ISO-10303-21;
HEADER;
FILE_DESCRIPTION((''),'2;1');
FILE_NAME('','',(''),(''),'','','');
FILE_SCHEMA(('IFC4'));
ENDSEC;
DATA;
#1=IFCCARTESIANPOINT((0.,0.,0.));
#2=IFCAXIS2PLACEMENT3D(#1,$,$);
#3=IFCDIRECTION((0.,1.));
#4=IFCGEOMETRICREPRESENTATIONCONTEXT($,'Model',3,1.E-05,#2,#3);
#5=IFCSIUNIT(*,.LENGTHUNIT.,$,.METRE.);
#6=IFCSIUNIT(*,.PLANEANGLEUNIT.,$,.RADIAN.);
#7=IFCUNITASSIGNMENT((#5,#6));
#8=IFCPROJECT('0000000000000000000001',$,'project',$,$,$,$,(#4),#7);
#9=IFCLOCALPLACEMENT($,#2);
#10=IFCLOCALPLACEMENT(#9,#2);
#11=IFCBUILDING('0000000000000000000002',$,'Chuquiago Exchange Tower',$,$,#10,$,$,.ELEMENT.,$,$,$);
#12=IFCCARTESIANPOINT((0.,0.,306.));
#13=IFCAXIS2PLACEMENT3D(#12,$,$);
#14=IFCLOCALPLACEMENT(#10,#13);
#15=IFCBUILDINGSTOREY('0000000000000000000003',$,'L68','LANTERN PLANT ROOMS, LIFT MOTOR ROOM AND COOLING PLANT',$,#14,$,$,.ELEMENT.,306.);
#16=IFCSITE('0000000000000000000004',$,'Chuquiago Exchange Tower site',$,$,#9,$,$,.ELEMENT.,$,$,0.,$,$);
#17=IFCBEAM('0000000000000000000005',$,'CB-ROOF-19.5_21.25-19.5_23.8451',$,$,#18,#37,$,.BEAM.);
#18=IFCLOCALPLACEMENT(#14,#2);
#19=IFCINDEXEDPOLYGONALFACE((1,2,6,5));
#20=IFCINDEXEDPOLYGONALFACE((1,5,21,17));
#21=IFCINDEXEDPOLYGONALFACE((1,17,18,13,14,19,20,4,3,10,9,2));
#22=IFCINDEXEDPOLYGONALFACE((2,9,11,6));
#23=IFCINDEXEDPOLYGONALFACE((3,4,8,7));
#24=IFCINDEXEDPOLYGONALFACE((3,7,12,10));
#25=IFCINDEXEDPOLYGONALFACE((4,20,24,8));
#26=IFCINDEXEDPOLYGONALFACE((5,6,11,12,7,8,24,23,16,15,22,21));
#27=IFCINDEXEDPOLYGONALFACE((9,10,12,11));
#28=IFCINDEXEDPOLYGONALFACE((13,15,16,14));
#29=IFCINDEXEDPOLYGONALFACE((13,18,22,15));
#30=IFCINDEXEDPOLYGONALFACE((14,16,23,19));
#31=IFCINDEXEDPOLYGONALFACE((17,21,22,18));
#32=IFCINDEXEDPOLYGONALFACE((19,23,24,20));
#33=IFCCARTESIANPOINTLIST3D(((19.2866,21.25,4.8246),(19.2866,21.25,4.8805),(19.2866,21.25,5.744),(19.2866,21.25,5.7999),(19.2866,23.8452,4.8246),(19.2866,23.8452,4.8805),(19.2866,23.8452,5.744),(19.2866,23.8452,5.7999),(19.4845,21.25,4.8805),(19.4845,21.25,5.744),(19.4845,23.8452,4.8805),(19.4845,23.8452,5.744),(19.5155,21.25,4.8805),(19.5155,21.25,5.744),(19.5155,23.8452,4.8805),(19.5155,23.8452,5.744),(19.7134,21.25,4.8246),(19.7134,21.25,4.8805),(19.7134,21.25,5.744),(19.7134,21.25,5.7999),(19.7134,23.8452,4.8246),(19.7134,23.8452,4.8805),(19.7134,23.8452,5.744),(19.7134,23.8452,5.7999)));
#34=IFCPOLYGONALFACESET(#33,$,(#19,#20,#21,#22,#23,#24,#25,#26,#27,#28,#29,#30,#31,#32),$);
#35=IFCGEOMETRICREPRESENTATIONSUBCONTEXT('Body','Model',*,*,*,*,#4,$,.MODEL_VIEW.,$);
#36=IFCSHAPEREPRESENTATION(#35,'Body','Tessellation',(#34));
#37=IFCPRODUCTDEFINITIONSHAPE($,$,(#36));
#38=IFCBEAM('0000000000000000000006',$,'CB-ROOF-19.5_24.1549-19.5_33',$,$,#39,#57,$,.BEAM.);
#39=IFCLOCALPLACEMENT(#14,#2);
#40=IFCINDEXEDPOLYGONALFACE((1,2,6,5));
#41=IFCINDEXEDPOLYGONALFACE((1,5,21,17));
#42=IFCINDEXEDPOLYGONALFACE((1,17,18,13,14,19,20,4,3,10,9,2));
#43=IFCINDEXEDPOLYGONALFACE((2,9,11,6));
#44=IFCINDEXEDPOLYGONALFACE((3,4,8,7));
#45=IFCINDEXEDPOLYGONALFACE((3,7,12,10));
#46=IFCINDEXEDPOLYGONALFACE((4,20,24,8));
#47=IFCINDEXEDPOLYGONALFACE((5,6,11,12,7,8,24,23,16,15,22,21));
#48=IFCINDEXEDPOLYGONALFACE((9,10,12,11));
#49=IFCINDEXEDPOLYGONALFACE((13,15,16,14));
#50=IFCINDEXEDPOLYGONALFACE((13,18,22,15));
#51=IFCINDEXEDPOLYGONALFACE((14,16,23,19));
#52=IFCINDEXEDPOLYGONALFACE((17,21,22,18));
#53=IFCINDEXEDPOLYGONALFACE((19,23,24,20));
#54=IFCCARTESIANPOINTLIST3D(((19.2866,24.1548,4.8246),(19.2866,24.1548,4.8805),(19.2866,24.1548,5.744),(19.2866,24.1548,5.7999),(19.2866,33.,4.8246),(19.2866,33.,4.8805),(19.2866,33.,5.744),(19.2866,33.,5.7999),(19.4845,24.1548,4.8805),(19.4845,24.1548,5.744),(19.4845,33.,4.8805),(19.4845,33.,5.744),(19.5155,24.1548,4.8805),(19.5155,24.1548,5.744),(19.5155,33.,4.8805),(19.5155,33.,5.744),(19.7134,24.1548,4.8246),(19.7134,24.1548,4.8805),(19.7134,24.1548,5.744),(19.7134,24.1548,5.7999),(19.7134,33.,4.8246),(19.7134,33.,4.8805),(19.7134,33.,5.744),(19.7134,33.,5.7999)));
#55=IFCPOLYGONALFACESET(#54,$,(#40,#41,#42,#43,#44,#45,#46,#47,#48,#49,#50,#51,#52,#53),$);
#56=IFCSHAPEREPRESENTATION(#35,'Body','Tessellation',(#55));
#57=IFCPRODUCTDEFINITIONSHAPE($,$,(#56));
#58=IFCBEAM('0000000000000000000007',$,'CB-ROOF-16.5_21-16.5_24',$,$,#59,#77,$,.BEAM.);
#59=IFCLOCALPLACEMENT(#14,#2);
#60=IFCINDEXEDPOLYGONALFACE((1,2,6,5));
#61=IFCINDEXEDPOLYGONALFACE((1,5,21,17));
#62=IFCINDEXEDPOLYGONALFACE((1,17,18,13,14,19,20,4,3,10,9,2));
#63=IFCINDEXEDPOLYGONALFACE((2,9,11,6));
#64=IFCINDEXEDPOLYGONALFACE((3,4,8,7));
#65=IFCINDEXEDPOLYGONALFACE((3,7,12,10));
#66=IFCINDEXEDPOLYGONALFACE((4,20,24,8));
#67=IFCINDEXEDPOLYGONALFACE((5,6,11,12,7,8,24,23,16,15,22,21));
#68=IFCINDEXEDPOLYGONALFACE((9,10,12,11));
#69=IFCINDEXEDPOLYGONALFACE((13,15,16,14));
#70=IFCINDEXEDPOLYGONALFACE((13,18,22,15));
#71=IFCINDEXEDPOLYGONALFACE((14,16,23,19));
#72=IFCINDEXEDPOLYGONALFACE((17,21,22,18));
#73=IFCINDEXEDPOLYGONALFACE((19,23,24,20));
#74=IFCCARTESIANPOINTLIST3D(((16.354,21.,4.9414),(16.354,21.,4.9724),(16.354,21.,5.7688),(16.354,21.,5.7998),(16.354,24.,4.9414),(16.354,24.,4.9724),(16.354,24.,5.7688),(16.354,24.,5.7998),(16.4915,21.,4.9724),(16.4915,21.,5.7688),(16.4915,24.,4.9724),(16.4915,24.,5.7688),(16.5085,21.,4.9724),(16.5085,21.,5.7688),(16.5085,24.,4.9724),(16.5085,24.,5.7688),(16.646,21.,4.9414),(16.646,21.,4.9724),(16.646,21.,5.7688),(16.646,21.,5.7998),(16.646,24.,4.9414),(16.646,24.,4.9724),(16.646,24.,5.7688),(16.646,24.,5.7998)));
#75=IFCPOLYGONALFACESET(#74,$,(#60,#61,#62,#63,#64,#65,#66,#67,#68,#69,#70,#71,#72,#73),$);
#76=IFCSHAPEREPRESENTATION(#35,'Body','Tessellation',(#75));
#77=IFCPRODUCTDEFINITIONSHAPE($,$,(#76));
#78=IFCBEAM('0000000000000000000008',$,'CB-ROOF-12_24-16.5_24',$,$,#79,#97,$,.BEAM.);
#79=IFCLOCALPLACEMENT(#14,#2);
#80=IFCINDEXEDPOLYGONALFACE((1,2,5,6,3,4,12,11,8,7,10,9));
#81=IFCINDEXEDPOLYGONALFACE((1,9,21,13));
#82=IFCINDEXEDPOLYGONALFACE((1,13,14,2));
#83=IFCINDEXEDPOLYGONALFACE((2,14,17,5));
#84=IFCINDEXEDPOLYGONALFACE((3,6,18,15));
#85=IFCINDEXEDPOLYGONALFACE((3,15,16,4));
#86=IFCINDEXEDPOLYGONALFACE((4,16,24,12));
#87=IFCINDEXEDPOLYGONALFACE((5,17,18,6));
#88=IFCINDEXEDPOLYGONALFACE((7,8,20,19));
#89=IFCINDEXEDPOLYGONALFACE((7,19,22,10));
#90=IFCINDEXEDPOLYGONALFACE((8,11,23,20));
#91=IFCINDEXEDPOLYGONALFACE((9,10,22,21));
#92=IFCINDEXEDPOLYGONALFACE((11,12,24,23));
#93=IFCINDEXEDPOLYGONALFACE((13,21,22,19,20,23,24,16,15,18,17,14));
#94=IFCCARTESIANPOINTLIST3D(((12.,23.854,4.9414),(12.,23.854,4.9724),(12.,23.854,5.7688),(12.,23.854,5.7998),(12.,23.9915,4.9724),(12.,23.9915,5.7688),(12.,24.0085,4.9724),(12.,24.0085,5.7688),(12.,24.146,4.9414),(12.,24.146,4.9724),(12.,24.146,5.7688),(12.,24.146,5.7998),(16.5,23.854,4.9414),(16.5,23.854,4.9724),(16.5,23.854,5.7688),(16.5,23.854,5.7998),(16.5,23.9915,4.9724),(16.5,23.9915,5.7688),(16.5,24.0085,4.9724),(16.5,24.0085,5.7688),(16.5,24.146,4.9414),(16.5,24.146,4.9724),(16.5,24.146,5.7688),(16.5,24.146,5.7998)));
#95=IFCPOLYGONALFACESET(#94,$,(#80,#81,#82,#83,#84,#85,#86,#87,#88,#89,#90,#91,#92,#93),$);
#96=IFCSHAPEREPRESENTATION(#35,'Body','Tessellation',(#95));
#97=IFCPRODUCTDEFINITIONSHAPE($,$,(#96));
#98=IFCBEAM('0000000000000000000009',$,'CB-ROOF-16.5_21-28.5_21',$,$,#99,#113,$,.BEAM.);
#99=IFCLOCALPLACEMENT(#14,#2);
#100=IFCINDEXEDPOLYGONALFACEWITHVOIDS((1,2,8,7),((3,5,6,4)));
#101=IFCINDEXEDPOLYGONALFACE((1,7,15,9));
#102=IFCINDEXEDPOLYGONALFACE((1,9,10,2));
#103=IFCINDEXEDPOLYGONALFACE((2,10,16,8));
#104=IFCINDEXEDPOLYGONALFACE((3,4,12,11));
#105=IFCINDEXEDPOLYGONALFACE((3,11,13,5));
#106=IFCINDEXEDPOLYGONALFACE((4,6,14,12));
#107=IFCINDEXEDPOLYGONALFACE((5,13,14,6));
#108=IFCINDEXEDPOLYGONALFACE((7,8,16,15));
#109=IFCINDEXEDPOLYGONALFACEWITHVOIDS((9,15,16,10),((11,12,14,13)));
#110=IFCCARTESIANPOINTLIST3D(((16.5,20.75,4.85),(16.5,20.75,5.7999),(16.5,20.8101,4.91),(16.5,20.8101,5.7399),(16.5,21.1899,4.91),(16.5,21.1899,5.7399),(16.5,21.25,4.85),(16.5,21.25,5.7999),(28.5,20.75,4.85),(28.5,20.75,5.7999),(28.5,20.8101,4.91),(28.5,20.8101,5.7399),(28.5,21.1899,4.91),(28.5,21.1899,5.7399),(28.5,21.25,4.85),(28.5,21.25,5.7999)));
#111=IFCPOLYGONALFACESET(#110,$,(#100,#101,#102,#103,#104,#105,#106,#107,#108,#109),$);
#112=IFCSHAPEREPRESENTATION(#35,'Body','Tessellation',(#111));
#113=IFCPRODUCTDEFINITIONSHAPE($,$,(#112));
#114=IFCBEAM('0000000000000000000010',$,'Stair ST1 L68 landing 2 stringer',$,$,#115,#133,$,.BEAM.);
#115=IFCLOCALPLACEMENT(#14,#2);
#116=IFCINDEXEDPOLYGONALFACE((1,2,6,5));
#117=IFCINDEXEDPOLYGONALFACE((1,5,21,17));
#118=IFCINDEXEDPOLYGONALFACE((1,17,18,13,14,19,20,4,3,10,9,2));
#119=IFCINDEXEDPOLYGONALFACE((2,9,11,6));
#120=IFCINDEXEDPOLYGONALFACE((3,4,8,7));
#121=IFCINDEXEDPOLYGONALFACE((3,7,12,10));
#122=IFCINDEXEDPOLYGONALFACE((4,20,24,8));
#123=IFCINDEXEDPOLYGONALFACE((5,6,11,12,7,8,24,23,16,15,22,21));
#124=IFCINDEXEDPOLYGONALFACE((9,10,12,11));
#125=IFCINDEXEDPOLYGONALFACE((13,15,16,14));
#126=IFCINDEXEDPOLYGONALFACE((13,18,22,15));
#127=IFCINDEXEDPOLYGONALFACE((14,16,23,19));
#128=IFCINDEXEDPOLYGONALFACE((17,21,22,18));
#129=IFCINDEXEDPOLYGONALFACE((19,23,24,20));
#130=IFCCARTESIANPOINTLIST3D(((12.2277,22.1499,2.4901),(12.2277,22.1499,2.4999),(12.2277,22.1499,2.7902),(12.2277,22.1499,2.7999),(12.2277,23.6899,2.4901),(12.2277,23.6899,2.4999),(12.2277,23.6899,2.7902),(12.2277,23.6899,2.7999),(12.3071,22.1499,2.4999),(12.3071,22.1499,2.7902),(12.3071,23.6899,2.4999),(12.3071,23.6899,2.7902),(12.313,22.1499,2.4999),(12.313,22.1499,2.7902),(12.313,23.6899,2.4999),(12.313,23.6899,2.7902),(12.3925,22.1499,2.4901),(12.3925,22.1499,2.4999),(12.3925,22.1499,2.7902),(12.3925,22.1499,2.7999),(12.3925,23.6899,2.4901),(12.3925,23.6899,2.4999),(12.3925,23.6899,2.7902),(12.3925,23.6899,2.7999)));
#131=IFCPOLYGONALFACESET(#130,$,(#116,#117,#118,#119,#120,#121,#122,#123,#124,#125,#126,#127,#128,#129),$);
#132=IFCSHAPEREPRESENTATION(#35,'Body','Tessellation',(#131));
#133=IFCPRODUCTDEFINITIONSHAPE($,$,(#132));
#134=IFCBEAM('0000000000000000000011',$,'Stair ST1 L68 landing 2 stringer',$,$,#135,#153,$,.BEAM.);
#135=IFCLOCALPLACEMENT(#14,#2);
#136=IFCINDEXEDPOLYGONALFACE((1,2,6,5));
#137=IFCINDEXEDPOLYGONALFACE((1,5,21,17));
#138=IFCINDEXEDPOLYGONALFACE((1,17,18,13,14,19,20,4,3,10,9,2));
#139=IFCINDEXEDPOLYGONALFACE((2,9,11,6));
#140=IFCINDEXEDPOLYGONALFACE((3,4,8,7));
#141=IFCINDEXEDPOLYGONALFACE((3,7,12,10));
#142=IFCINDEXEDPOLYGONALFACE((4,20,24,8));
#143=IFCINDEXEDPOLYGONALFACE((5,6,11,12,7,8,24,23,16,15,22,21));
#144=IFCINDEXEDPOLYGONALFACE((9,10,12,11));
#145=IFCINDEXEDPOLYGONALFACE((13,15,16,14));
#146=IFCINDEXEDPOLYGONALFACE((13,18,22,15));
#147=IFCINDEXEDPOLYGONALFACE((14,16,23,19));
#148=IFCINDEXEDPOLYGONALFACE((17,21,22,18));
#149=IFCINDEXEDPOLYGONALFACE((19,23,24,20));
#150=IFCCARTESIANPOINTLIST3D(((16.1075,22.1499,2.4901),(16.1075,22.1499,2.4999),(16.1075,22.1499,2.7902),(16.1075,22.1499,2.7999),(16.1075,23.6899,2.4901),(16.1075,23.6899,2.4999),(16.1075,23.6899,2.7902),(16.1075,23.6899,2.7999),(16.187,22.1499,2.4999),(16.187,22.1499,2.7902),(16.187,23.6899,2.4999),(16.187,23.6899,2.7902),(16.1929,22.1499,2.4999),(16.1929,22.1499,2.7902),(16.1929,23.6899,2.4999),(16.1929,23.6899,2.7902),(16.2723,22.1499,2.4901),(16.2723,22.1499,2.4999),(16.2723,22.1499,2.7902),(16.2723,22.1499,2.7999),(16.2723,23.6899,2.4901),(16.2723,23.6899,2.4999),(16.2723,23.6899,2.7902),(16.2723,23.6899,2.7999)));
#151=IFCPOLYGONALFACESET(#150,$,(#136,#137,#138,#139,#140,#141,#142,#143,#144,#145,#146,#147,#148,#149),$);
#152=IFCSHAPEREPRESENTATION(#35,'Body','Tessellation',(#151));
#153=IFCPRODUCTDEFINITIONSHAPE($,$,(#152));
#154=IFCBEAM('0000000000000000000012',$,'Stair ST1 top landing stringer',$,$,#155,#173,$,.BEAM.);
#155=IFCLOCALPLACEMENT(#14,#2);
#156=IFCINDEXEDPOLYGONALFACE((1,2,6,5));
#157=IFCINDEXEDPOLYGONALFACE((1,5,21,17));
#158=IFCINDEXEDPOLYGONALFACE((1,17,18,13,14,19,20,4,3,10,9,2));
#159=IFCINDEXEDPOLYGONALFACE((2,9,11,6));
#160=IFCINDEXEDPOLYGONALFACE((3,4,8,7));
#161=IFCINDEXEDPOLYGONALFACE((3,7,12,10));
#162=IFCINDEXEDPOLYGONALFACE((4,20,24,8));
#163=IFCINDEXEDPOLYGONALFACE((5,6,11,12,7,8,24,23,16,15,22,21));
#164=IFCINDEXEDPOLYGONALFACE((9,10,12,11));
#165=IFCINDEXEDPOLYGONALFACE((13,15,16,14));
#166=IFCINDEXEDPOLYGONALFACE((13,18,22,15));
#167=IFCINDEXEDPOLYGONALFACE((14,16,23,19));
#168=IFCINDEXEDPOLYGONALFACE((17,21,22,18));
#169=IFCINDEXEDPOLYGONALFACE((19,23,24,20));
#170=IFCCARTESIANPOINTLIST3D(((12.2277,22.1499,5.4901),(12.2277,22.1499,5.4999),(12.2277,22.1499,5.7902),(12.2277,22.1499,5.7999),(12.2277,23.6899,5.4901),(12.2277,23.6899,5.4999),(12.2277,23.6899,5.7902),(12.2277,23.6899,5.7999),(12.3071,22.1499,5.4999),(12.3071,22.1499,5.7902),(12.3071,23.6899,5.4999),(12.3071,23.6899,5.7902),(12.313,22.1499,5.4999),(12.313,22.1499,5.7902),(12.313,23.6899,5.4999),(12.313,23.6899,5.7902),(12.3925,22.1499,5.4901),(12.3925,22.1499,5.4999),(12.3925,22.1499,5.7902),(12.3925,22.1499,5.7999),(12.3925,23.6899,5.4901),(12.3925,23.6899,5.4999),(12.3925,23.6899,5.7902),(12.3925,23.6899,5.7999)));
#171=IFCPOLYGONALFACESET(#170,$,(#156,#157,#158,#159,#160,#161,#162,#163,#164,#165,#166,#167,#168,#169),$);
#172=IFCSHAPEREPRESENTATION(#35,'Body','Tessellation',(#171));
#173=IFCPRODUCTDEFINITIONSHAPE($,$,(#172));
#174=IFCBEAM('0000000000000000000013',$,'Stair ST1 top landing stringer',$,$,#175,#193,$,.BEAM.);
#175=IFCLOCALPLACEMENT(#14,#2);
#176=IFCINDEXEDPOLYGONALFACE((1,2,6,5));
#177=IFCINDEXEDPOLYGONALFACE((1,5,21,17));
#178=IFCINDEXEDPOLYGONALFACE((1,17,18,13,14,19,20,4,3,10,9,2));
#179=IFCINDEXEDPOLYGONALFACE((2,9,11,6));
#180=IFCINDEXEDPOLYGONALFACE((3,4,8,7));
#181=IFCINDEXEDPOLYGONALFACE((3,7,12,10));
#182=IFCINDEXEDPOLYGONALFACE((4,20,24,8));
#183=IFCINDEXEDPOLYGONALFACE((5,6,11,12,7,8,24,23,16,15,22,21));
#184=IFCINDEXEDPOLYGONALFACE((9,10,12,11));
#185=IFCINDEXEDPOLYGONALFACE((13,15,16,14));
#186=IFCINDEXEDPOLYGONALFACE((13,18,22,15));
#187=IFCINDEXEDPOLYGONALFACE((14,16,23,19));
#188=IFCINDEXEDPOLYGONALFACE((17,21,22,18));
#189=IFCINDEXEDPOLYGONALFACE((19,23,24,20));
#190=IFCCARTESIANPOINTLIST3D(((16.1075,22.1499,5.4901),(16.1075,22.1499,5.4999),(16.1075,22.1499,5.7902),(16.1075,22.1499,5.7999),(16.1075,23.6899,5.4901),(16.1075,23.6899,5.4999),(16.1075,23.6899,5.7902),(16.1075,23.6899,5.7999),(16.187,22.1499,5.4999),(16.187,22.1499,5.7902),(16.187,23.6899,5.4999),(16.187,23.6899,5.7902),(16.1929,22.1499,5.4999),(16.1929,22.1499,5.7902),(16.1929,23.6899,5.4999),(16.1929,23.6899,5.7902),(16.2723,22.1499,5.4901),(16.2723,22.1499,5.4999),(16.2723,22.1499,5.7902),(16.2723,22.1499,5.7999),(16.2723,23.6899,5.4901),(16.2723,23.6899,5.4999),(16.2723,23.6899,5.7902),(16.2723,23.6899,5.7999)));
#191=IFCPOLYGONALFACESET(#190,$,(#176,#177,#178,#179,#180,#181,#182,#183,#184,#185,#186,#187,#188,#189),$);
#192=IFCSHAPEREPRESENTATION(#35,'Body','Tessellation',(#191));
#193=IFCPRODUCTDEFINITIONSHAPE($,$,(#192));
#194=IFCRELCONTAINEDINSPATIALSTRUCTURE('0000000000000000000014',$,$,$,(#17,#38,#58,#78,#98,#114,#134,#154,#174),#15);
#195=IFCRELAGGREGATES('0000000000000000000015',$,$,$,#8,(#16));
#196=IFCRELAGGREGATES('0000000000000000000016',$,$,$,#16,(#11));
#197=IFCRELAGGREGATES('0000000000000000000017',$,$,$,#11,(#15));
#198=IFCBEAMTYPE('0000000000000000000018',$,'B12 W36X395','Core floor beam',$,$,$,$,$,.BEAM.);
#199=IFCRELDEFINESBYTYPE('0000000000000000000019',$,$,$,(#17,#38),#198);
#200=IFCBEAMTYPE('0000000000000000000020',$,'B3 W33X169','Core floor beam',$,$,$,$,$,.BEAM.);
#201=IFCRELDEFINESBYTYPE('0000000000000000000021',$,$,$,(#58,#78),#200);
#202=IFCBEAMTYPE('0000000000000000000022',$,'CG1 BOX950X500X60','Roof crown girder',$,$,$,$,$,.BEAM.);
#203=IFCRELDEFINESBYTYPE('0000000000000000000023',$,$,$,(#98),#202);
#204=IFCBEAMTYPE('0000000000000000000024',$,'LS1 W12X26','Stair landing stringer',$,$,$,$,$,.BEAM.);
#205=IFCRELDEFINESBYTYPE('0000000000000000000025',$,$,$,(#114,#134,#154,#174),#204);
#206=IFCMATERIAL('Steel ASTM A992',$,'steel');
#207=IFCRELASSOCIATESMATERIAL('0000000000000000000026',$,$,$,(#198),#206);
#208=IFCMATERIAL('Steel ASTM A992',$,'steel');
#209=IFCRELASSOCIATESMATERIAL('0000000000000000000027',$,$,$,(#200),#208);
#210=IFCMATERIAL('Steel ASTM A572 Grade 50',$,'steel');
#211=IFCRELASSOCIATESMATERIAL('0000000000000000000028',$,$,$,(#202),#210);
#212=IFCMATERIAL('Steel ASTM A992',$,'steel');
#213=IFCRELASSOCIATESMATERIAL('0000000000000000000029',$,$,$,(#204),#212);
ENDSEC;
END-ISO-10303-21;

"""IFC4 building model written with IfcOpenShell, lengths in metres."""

from ifc_helpers import new_model, si_unit, direction, frame, origin, origin_2d, place, context, subcontext, project, spatial, hollow_rectangle, i_section, extrude, material, material_profile, profile_set, type_object, element, save


model = new_model("IFC4")

# Units and contexts
model_context = context("Model", 3, precision=1e-05, world=origin(), true_north=direction((0.0, 1.0)))
body_context = subcontext(model_context, "Body", "Model", "MODEL_VIEW")
ifc_project = project(units=[si_unit("LENGTHUNIT", "METRE"), si_unit("PLANEANGLEUNIT", "RADIAN")], contexts=[model_context])

# Site, building, storey
site_placement = place(None, origin())
site = spatial("IfcSite", under=ifc_project, at=site_placement, Name="Chuquiago Exchange Tower site", CompositionType="ELEMENT", RefElevation=0.0)
building_placement = place(site_placement, origin())
building = spatial("IfcBuilding", under=site, at=building_placement, Name="Chuquiago Exchange Tower", CompositionType="ELEMENT")
storey_placement = place(building_placement, frame((0.0, 0.0, 306.0)))
storey = spatial("IfcBuildingStorey", under=building, at=storey_placement, Name="L68", Description="LANTERN PLANT ROOMS, LIFT MOTOR ROOM AND COOLING PLANT", CompositionType="ELEMENT", Elevation=306.0)

# Beams
ifc_material_1 = material(Name="Steel ASTM A992", Category="steel")
ifc_material_profile_1 = material_profile(ifc_material_1, i_section(OverallWidth=0.4268, OverallDepth=0.9753, WebThickness=0.031, FlangeThickness=0.0559, at=origin_2d()), Name="W36X395")
ifc_profile_set_1 = profile_set([ifc_material_profile_1], Name="Steel ASTM A992")
beam_type_1 = type_object("IfcBeamType", Name="B12 W36X395", Description="Core floor beam", PredefinedType="BEAM", material=ifc_profile_set_1)
beam_1_placement = place(storey_placement, frame((19.5, 21.25, 5.3123), z_axis=(0.0, 1.0, 0.0), x_axis=(-1.0, 0.0, 0.0)))
element("IfcBeam", 1, at=beam_1_placement, inside=storey, type_object=beam_type_1, Name="CB-ROOF-19.5_21.25-19.5_23.8451", PredefinedType="BEAM", context=body_context, shape_type="SweptSolid", body=[
    extrude(i_section(OverallWidth=0.4268, OverallDepth=0.9753, WebThickness=0.031, FlangeThickness=0.0559, at=origin_2d()), origin(), (0.0, 0.0, 1.0), 2.5952),
])
beam_2_placement = place(storey_placement, frame((19.5, 24.1548, 5.3123), z_axis=(0.0, 1.0, 0.0), x_axis=(-1.0, 0.0, 0.0)))
element("IfcBeam", 2, at=beam_2_placement, inside=storey, type_object=beam_type_1, Name="CB-ROOF-19.5_24.1549-19.5_33", PredefinedType="BEAM", context=body_context, shape_type="SweptSolid", body=[
    extrude(i_section(OverallWidth=0.4268, OverallDepth=0.9753, WebThickness=0.031, FlangeThickness=0.0559, at=origin_2d()), origin(), (0.0, 0.0, 1.0), 8.8452),
])
ifc_material_2 = material(Name="Steel ASTM A992", Category="steel")
ifc_material_profile_2 = material_profile(ifc_material_2, i_section(OverallWidth=0.292, OverallDepth=0.8584, WebThickness=0.0171, FlangeThickness=0.031, at=origin_2d()), Name="W33X169")
ifc_profile_set_2 = profile_set([ifc_material_profile_2], Name="Steel ASTM A992")
beam_type_2 = type_object("IfcBeamType", Name="B3 W33X169", Description="Core floor beam", PredefinedType="BEAM", material=ifc_profile_set_2)
beam_3_placement = place(storey_placement, frame((16.5, 21.0, 5.3706), z_axis=(0.0, 1.0, 0.0), x_axis=(-1.0, 0.0, 0.0)))
element("IfcBeam", 3, at=beam_3_placement, inside=storey, type_object=beam_type_2, Name="CB-ROOF-16.5_21-16.5_24", PredefinedType="BEAM", context=body_context, shape_type="SweptSolid", body=[
    extrude(i_section(OverallWidth=0.292, OverallDepth=0.8584, WebThickness=0.0171, FlangeThickness=0.031, at=origin_2d()), origin(), (0.0, 0.0, 1.0), 3.0),
])
beam_4_placement = place(storey_placement, frame((12.0, 24.0, 5.3706), z_axis=(1.0, 0.0, 0.0), x_axis=(0.0, 1.0, 0.0)))
element("IfcBeam", 4, at=beam_4_placement, inside=storey, type_object=beam_type_2, Name="CB-ROOF-12_24-16.5_24", PredefinedType="BEAM", context=body_context, shape_type="SweptSolid", body=[
    extrude(i_section(OverallWidth=0.292, OverallDepth=0.8584, WebThickness=0.0171, FlangeThickness=0.031, at=origin_2d()), origin(), (0.0, 0.0, 1.0), 4.5),
])
ifc_material_3 = material(Name="Steel ASTM A572 Grade 50", Category="steel")
ifc_material_profile_3 = material_profile(ifc_material_3, hollow_rectangle(XDim=0.5, YDim=0.95, WallThickness=0.0601, at=origin_2d()), Name="BOX950X500X60")
ifc_profile_set_3 = profile_set([ifc_material_profile_3], Name="Steel ASTM A572 Grade 50")
beam_type_3 = type_object("IfcBeamType", Name="CG1 BOX950X500X60", Description="Roof crown girder", PredefinedType="BEAM", material=ifc_profile_set_3)
beam_5_placement = place(storey_placement, frame((16.5, 21.0, 5.325), z_axis=(1.0, 0.0, 0.0), x_axis=(0.0, 1.0, 0.0)))
element("IfcBeam", 5, at=beam_5_placement, inside=storey, type_object=beam_type_3, Name="CB-ROOF-16.5_21-28.5_21", PredefinedType="BEAM", context=body_context, shape_type="SweptSolid", body=[
    extrude(hollow_rectangle(XDim=0.5, YDim=0.95, WallThickness=0.0601, at=origin_2d()), origin(), (0.0, 0.0, 1.0), 12.0),
])
ifc_material_4 = material(Name="Steel ASTM A992", Category="steel")
ifc_material_profile_4 = material_profile(ifc_material_4, i_section(OverallWidth=0.1648, OverallDepth=0.3098, WebThickness=0.0059, FlangeThickness=0.0098, at=origin_2d()), Name="W12X26")
ifc_profile_set_4 = profile_set([ifc_material_profile_4], Name="Steel ASTM A992")
beam_type_4 = type_object("IfcBeamType", Name="LS1 W12X26", Description="Stair landing stringer", PredefinedType="BEAM", material=ifc_profile_set_4)
for number, where, z_axis, x_axis, name in (
    (6, (12.3101, 22.1499, 2.645), (0.0, 1.0, 0.0), (-1.0, 0.0, 0.0), "Stair ST1 L68 landing 2 stringer"),
    (7, (16.1899, 22.1499, 2.645), (0.0, 1.0, 0.0), (-1.0, 0.0, 0.0), "Stair ST1 L68 landing 2 stringer"),
    (8, (12.3101, 22.1499, 5.645), (0.0, 1.0, 0.0), (-1.0, 0.0, 0.0), "Stair ST1 top landing stringer"),
    (9, (16.1899, 22.1499, 5.645), (0.0, 1.0, 0.0), (-1.0, 0.0, 0.0), "Stair ST1 top landing stringer"),
):
    element("IfcBeam", number, at=place(storey_placement, frame(where, z_axis=z_axis, x_axis=x_axis)), inside=storey, type_object=beam_type_4, Name=name, PredefinedType="BEAM", context=body_context, shape_type="SweptSolid", body=[
        extrude(i_section(OverallWidth=0.1648, OverallDepth=0.3098, WebThickness=0.0059, FlangeThickness=0.0098, at=origin_2d()), origin(), (0.0, 0.0, 1.0), 1.54),
    ])

save(model, "model.ifc")
